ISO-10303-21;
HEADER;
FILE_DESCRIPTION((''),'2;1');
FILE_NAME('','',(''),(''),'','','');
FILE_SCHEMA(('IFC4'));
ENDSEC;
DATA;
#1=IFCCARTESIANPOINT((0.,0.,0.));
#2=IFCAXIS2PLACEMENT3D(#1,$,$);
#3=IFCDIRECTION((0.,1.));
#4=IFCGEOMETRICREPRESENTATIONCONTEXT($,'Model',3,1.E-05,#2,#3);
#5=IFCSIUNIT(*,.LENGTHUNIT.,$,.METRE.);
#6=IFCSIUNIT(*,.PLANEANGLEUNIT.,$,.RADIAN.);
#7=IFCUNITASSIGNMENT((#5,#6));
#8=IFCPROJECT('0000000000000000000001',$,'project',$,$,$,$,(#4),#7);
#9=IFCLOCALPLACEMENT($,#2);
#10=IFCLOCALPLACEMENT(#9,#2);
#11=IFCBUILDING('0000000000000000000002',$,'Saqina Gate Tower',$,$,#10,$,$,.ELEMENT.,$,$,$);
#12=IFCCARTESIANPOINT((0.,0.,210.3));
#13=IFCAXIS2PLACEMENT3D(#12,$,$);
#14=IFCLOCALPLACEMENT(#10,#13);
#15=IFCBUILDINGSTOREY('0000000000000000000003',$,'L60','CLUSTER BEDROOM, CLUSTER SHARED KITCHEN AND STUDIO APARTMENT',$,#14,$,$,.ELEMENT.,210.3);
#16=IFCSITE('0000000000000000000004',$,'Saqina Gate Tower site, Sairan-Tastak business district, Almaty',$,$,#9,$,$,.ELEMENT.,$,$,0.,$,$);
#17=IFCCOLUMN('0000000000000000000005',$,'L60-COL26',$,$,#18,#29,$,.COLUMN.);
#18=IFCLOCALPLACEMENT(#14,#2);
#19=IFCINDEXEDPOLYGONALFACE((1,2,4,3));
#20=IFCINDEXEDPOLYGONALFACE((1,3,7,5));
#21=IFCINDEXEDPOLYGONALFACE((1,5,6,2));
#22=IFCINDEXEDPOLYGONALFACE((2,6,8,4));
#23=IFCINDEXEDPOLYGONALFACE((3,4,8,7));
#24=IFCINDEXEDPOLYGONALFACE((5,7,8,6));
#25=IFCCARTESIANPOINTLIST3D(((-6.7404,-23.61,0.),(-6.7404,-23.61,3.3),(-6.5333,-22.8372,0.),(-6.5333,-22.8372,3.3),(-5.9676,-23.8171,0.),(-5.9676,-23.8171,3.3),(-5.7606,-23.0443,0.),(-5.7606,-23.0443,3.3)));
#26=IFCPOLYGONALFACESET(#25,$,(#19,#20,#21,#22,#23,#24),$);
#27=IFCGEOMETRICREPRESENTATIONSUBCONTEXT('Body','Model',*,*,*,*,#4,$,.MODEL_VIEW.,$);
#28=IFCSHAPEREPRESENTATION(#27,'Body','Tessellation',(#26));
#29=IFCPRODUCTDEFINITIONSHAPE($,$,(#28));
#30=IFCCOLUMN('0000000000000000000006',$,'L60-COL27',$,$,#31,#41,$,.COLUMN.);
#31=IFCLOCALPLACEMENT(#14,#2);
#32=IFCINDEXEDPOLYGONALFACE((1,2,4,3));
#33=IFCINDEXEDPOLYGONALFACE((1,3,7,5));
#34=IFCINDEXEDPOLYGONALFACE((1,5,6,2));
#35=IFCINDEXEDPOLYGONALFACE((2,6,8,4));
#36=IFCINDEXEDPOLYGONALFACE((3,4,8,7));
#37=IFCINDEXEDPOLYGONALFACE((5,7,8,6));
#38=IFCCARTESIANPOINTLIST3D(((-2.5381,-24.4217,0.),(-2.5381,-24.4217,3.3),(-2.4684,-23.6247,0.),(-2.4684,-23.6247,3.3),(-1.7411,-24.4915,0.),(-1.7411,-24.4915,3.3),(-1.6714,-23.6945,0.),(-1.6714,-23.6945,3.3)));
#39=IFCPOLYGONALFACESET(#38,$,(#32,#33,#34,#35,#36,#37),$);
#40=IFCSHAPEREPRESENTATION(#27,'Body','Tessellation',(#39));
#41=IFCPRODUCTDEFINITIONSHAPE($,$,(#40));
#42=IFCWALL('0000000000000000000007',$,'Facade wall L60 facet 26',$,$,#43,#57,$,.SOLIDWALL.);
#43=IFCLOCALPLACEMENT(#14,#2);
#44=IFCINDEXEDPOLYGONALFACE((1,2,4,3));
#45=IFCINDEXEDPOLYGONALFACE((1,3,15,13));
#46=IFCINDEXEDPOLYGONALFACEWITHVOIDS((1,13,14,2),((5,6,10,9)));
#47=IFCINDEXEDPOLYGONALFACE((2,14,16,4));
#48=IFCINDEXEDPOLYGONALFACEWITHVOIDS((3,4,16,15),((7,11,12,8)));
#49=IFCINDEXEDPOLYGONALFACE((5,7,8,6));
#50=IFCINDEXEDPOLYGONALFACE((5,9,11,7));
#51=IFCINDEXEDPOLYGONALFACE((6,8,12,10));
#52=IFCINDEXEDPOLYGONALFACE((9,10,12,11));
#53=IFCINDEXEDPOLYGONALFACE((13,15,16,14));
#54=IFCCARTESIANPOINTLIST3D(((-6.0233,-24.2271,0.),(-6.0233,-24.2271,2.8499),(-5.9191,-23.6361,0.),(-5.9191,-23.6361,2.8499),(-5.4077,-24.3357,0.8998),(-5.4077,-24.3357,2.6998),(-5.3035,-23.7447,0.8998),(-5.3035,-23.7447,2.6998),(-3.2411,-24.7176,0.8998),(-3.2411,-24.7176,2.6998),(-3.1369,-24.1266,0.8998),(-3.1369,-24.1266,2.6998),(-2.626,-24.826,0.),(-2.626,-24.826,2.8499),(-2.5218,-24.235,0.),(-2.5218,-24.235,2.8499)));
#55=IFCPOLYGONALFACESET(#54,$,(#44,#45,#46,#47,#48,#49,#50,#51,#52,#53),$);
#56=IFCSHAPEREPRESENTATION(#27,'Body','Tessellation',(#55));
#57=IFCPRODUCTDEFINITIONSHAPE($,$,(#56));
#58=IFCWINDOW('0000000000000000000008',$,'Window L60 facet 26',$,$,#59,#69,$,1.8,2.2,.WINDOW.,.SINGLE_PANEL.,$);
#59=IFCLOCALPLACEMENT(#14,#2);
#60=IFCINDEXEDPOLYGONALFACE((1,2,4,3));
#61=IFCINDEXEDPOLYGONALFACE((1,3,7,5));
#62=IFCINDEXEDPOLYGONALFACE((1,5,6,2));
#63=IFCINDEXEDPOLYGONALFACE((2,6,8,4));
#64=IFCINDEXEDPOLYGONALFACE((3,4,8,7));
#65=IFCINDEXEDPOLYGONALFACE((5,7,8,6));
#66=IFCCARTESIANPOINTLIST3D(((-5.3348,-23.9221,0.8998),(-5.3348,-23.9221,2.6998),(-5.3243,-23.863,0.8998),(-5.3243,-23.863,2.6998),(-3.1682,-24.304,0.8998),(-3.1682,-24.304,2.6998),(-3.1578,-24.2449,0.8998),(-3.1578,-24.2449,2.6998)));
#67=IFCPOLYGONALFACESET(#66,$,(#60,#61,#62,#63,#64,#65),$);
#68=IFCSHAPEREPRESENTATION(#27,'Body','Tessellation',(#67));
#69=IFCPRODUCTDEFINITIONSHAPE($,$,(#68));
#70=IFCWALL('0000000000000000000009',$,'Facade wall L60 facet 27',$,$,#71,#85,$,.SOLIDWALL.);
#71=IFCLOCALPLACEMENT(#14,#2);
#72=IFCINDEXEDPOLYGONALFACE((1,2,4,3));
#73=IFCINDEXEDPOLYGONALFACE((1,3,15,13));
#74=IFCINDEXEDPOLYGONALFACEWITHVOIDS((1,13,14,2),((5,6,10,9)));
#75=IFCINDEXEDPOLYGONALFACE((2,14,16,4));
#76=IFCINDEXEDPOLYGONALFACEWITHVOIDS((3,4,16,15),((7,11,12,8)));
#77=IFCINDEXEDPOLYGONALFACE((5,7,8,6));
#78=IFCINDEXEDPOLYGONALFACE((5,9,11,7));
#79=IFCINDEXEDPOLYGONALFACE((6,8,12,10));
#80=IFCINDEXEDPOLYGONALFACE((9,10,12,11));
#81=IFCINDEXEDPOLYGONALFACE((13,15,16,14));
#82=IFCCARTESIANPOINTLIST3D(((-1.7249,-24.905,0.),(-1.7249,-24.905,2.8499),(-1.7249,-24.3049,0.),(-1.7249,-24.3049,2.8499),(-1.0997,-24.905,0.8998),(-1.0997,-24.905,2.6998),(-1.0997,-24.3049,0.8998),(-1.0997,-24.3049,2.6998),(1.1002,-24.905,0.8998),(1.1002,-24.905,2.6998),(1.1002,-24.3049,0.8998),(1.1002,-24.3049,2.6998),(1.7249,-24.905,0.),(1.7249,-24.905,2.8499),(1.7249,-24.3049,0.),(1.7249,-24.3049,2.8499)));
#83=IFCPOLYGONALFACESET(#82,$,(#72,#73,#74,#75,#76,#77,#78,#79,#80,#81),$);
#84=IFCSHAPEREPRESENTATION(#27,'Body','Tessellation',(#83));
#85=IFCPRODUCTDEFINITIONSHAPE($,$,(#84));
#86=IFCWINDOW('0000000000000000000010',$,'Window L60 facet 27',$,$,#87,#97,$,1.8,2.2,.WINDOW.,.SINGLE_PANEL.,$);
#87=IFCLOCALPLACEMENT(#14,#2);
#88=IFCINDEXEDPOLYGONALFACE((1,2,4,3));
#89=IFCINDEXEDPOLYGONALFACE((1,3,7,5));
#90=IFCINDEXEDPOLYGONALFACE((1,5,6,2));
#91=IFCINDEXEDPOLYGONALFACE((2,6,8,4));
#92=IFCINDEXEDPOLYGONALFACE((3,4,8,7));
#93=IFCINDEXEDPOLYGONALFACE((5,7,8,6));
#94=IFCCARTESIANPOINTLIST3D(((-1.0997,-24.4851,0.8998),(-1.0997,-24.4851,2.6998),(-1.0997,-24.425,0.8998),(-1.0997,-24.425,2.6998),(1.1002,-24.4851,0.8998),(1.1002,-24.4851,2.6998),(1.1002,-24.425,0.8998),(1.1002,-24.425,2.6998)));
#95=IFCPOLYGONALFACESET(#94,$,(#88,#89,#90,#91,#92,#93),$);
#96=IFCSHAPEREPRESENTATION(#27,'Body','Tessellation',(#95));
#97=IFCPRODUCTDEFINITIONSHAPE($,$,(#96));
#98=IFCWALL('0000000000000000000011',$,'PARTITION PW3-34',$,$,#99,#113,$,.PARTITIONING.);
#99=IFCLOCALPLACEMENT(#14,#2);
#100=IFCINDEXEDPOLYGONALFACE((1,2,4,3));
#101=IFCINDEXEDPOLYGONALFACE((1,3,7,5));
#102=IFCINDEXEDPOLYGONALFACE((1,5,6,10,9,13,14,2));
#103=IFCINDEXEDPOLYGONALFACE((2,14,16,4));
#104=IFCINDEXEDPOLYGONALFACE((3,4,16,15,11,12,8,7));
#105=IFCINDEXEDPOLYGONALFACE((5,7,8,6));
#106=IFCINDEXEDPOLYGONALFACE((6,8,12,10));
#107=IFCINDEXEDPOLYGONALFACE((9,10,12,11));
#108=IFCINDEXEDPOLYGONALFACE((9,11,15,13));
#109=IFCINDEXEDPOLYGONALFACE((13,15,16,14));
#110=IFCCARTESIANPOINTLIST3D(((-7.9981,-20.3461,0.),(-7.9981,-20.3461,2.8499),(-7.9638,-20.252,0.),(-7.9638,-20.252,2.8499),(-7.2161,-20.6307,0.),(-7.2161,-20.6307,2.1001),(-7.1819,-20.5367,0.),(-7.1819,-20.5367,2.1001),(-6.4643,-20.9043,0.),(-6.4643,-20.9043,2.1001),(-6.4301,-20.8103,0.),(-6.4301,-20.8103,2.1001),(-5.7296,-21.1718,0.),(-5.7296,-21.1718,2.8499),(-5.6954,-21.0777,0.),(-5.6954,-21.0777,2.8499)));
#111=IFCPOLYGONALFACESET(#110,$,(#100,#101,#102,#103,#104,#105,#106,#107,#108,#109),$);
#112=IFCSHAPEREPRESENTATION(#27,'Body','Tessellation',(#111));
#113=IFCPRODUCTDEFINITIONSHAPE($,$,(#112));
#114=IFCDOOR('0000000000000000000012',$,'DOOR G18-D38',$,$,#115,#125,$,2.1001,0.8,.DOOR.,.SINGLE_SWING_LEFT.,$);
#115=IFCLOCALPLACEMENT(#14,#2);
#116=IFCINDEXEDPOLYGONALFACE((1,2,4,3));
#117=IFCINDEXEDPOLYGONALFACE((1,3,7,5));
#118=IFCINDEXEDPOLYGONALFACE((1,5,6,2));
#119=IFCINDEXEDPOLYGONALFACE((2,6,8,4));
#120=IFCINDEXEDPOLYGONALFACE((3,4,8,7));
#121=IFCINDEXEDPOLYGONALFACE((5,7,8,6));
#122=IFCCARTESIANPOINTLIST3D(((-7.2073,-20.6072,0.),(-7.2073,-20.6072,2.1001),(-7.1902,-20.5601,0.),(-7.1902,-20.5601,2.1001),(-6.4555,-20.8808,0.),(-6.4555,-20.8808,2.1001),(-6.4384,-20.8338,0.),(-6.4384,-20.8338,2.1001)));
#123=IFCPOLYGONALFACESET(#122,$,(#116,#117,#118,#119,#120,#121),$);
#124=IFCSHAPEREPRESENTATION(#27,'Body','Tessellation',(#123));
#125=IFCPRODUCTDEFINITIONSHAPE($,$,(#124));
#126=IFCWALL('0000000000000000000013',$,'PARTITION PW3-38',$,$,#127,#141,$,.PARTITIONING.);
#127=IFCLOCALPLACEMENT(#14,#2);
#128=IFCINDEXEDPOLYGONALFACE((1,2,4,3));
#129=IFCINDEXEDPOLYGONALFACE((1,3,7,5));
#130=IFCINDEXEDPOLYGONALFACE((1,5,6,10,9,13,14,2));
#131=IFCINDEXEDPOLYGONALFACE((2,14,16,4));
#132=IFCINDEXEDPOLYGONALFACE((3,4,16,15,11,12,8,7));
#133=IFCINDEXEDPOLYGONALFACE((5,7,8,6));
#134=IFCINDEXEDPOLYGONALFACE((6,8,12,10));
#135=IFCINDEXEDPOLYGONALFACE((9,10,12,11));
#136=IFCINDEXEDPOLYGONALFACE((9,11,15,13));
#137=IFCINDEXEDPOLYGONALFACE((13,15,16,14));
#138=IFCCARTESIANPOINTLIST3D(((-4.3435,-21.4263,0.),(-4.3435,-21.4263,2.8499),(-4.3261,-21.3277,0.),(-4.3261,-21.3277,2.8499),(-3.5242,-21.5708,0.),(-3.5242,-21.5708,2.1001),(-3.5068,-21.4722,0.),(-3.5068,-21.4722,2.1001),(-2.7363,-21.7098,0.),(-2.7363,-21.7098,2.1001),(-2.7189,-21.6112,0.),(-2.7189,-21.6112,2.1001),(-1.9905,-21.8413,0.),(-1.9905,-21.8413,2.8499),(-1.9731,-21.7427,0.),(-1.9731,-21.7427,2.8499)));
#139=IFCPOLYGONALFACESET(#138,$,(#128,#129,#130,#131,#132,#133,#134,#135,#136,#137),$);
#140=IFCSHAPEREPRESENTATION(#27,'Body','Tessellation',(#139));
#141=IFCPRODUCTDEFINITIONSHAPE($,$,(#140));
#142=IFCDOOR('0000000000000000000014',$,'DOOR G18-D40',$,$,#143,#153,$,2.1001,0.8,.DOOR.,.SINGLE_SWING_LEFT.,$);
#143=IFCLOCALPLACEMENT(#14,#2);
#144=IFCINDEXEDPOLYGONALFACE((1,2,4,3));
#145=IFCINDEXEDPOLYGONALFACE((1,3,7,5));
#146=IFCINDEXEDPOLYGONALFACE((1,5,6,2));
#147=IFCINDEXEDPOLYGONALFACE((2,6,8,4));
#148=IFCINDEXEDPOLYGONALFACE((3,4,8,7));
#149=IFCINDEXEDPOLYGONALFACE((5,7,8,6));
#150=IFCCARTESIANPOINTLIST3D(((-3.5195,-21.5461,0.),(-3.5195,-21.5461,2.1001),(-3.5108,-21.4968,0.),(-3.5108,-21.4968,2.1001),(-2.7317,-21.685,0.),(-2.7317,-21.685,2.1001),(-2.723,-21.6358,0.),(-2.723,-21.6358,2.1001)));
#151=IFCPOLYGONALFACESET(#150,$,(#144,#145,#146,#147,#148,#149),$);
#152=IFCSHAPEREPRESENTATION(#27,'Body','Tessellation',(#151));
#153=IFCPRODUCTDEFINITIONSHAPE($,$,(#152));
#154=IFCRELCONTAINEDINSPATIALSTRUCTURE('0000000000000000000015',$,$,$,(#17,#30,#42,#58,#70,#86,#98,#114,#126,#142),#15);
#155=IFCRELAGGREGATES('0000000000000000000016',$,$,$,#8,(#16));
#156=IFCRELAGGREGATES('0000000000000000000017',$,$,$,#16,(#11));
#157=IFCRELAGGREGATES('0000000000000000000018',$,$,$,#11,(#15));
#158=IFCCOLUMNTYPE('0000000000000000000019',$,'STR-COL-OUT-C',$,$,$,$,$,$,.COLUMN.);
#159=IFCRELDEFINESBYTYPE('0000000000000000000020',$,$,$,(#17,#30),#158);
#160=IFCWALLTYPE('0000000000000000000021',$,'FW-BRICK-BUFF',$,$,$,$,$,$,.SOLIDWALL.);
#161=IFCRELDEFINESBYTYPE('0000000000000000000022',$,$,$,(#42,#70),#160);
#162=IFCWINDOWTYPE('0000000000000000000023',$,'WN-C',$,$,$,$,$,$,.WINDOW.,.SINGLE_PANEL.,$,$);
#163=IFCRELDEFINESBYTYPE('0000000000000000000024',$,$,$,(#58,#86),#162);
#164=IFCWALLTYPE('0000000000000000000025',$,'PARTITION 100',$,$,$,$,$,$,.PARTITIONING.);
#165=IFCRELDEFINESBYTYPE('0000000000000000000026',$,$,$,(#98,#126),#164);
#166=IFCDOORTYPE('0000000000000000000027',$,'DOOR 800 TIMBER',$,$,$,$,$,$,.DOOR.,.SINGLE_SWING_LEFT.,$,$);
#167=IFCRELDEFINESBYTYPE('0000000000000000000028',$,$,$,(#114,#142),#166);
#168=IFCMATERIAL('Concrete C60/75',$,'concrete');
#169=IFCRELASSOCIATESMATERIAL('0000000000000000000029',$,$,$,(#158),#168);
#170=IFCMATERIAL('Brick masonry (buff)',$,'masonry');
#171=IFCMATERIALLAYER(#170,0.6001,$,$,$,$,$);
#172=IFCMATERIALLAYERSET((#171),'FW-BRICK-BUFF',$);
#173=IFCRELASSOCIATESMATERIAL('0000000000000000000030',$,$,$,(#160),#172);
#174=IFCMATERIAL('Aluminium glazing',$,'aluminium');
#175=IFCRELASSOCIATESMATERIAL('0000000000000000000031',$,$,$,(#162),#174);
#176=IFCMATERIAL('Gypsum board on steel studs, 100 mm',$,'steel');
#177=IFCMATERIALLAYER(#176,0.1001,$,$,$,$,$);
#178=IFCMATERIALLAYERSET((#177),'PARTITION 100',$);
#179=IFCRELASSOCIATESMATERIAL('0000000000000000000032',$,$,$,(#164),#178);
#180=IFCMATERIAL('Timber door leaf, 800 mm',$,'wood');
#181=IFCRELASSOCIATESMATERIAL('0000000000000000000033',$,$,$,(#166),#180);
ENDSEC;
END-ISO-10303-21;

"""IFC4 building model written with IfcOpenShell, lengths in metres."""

from ifc_helpers import new_model, si_unit, direction, frame, frame_2d, origin, origin_2d, place, context, subcontext, project, spatial, rectangle, extrude, material, layer, layer_set, material_profile, profile_set, type_object, element, fill, save


model = new_model("IFC4")

# Units and contexts
model_context = context("Model", 3, precision=1e-05, world=origin(), true_north=direction((0.0, 1.0)))
body_context = subcontext(model_context, "Body", "Model", "MODEL_VIEW")
ifc_project = project(units=[si_unit("LENGTHUNIT", "METRE"), si_unit("PLANEANGLEUNIT", "RADIAN")], contexts=[model_context])

# Site, building, storey
site_placement = place(None, origin())
site = spatial("IfcSite", under=ifc_project, at=site_placement, Name="Saqina Gate Tower site, Sairan-Tastak business district, Almaty", CompositionType="ELEMENT", RefElevation=0.0)
building_placement = place(site_placement, origin())
building = spatial("IfcBuilding", under=site, at=building_placement, Name="Saqina Gate Tower", CompositionType="ELEMENT")
storey_placement = place(building_placement, frame((0.0, 0.0, 210.3)))
storey = spatial("IfcBuildingStorey", under=building, at=storey_placement, Name="L60", Description="CLUSTER BEDROOM, CLUSTER SHARED KITCHEN AND STUDIO APARTMENT", CompositionType="ELEMENT", Elevation=210.3)

# Columns
ifc_material_1 = material(Name="Concrete C60/75", Category="concrete")
ifc_material_profile = material_profile(ifc_material_1, rectangle(XDim=0.8, YDim=0.8, at=origin_2d()), Name="RC 800x800")
ifc_profile_set = profile_set([ifc_material_profile], Name="Concrete C60/75")
column_type = type_object("IfcColumnType", Name="STR-COL-OUT-C", PredefinedType="COLUMN", material=ifc_profile_set)
for number, where, z_axis, x_axis, name in (
    (1, (-6.2505, -23.3271, 0.0), (0.0, 0.0, 1.0), (-0.258819, -0.965926, 0.0), "L60-COL26"),
    (2, (-2.1047, -24.0581, 0.0), (0.0, 0.0, 1.0), (-0.087156, -0.996195, 0.0), "L60-COL27"),
):
    element("IfcColumn", number, at=place(storey_placement, frame(where, z_axis=z_axis, x_axis=x_axis)), inside=storey, type_object=column_type, Name=name, PredefinedType="COLUMN", context=body_context, shape_type="SweptSolid", body=[
        extrude(rectangle(XDim=0.8, YDim=0.8, at=origin_2d()), origin(), (0.0, 0.0, 1.0), 3.3),
    ])

# Walls, openings, windows
ifc_material_2 = material(Name="Brick masonry (buff)", Category="masonry")
ifc_layer_1 = layer(ifc_material_2, 0.6001)
ifc_layer_set_1 = layer_set([ifc_layer_1], Name="FW-BRICK-BUFF")
wall_type_1 = type_object("IfcWallType", Name="FW-BRICK-BUFF", PredefinedType="SOLIDWALL", material=ifc_layer_set_1)
wall_1_placement = place(storey_placement, frame((-5.9712, -23.9316, 0.0), z_axis=(0.0, 0.0, 1.0), x_axis=(0.984815, -0.173608, 0.0)))
wall_1 = element("IfcWall", 3, at=wall_1_placement, inside=storey, type_object=wall_type_1, Name="Facade wall L60 facet 26", PredefinedType="SOLIDWALL", context=body_context, shape_type="SweptSolid", body=[
    extrude(rectangle(XDim=3.4497, YDim=0.6001, at=frame_2d((1.7249, 0.0))), origin(), (0.0, 0.0, 1.0), 2.8499),
])
opening_1_placement = place(wall_1_placement, frame((0.625, 0.0, 0.8999)))
opening_1 = element("IfcOpeningElement", 4, at=opening_1_placement, cuts=wall_1, PredefinedType="OPENING", context=body_context, shape_type="SweptSolid", body=[
    extrude(rectangle(XDim=2.2, YDim=1.8, at=frame_2d((1.1001, 0.8999))), frame((0.0, 0.312, 0.0), z_axis=(0.0, -1.0, 0.0), x_axis=(1.0, 0.0, 0.0)), (0.0, 0.0, 1.0), 0.624),
])
ifc_material_3 = material(Name="Aluminium glazing", Category="aluminium")
window_type = type_object("IfcWindowType", Name="WN-C", PartitioningType="SINGLE_PANEL", PredefinedType="WINDOW", material=ifc_material_3)
window_1_placement = place(opening_1_placement, origin())
window_1 = element("IfcWindow", 5, at=window_1_placement, inside=storey, type_object=window_type, Name="Window L60 facet 26", OverallHeight=1.8, OverallWidth=2.2, PartitioningType="SINGLE_PANEL", PredefinedType="WINDOW", context=body_context, shape_type="SweptSolid", body=[
    extrude(rectangle(XDim=2.2, YDim=1.8, at=frame_2d((1.1001, 0.8999))), frame((0.0, 0.1799, 0.0), z_axis=(0.0, -1.0, 0.0), x_axis=(1.0, 0.0, 0.0)), (0.0, 0.0, 1.0), 0.0601),
])
fill(opening_1, window_1)
wall_2_placement = place(storey_placement, frame((-1.7249, -24.605, 0.0), z_axis=(0.0, 0.0, 1.0), x_axis=(1.0, 0.0, 0.0)))
wall_2 = element("IfcWall", 6, at=wall_2_placement, inside=storey, type_object=wall_type_1, Name="Facade wall L60 facet 27", PredefinedType="SOLIDWALL", context=body_context, shape_type="SweptSolid", body=[
    extrude(rectangle(XDim=3.4497, YDim=0.6001, at=frame_2d((1.7249, 0.0))), origin(), (0.0, 0.0, 1.0), 2.8499),
])
opening_2_placement = place(wall_2_placement, frame((0.625, 0.0, 0.8999)))
opening_2 = element("IfcOpeningElement", 7, at=opening_2_placement, cuts=wall_2, PredefinedType="OPENING", context=body_context, shape_type="SweptSolid", body=[
    extrude(rectangle(XDim=2.2, YDim=1.8, at=frame_2d((1.1001, 0.8999))), frame((0.0, 0.312, 0.0), z_axis=(0.0, -1.0, 0.0), x_axis=(1.0, 0.0, 0.0)), (0.0, 0.0, 1.0), 0.624),
])
window_2_placement = place(opening_2_placement, origin())
window_2 = element("IfcWindow", 8, at=window_2_placement, inside=storey, type_object=window_type, Name="Window L60 facet 27", OverallHeight=1.8, OverallWidth=2.2, PartitioningType="SINGLE_PANEL", PredefinedType="WINDOW", context=body_context, shape_type="SweptSolid", body=[
    extrude(rectangle(XDim=2.2, YDim=1.8, at=frame_2d((1.1001, 0.8999))), frame((0.0, 0.1799, 0.0), z_axis=(0.0, -1.0, 0.0), x_axis=(1.0, 0.0, 0.0)), (0.0, 0.0, 1.0), 0.0601),
])
fill(opening_2, window_2)

# Walls, openings, doors
ifc_material_4 = material(Name="Gypsum board on steel studs, 100 mm", Category="steel")
ifc_layer_2 = layer(ifc_material_4, 0.1001)
ifc_layer_set_2 = layer_set([ifc_layer_2], Name="PARTITION 100")
wall_type_2 = type_object("IfcWallType", Name="PARTITION 100", PredefinedType="PARTITIONING", material=ifc_layer_set_2)
wall_3_placement = place(storey_placement, frame((-7.981, -20.2991, 0.0), z_axis=(0.0, 0.0, 1.0), x_axis=(0.939693, -0.342019, 0.0)))
wall_3 = element("IfcWall", 9, at=wall_3_placement, inside=storey, type_object=wall_type_2, Name="PARTITION PW3-34", PredefinedType="PARTITIONING", context=body_context, shape_type="SweptSolid", body=[
    extrude(rectangle(XDim=2.4141, YDim=0.1001, at=frame_2d((1.207, 0.0))), origin(), (0.0, 0.0, 1.0), 2.8499),
])
opening_3_placement = place(wall_3_placement, frame((0.8323, 0.0, 0.0)))
opening_3 = element("IfcOpeningElement", 10, at=opening_3_placement, cuts=wall_3, PredefinedType="OPENING", context=body_context, shape_type="SweptSolid", body=[
    extrude(rectangle(XDim=0.8, YDim=2.1001, at=frame_2d((0.3999, 1.05))), frame((0.0, 0.062, 0.0), z_axis=(0.0, -1.0, 0.0), x_axis=(1.0, 0.0, 0.0)), (0.0, 0.0, 1.0), 0.124),
])
ifc_material_5 = material(Name="Timber door leaf, 800 mm", Category="wood")
door_type = type_object("IfcDoorType", Name="DOOR 800 TIMBER", OperationType="SINGLE_SWING_LEFT", PredefinedType="DOOR", material=ifc_material_5)
door_1_placement = place(opening_3_placement, frame((0.8, 0.0, 0.0), z_axis=(0.0, 0.0, 1.0), x_axis=(-1.0, 0.0, 0.0)))
door_1 = element("IfcDoor", 11, at=door_1_placement, inside=storey, type_object=door_type, Name="DOOR G18-D38", OperationType="SINGLE_SWING_LEFT", OverallHeight=2.1001, OverallWidth=0.8, PredefinedType="DOOR", context=body_context, shape_type="SweptSolid", body=[
    extrude(rectangle(XDim=0.8, YDim=2.1001, at=frame_2d((0.3999, 1.05))), frame((0.0, 0.0249, 0.0), z_axis=(0.0, -1.0, 0.0), x_axis=(1.0, 0.0, 0.0)), (0.0, 0.0, 1.0), 0.05),
])
fill(opening_3, door_1)
wall_4_placement = place(storey_placement, frame((-4.335, -21.377, 0.0), z_axis=(0.0, 0.0, 1.0), x_axis=(0.984798, -0.173704, 0.0)))
wall_4 = element("IfcWall", 12, at=wall_4_placement, inside=storey, type_object=wall_type_2, Name="PARTITION PW3-38", PredefinedType="PARTITIONING", context=body_context, shape_type="SweptSolid", body=[
    extrude(rectangle(XDim=2.3894, YDim=0.1001, at=frame_2d((1.1948, 0.0))), origin(), (0.0, 0.0, 1.0), 2.8499),
])
opening_4_placement = place(wall_4_placement, frame((0.8323, 0.0, 0.0)))
opening_4 = element("IfcOpeningElement", 13, at=opening_4_placement, cuts=wall_4, PredefinedType="OPENING", context=body_context, shape_type="SweptSolid", body=[
    extrude(rectangle(XDim=0.8, YDim=2.1001, at=frame_2d((0.3999, 1.05))), frame((0.0, 0.062, 0.0), z_axis=(0.0, -1.0, 0.0), x_axis=(1.0, 0.0, 0.0)), (0.0, 0.0, 1.0), 0.124),
])
door_2_placement = place(opening_4_placement, frame((0.8, 0.0, 0.0), z_axis=(0.0, 0.0, 1.0), x_axis=(-1.0, 0.0, 0.0)))
door_2 = element("IfcDoor", 14, at=door_2_placement, inside=storey, type_object=door_type, Name="DOOR G18-D40", OperationType="SINGLE_SWING_LEFT", OverallHeight=2.1001, OverallWidth=0.8, PredefinedType="DOOR", context=body_context, shape_type="SweptSolid", body=[
    extrude(rectangle(XDim=0.8, YDim=2.1001, at=frame_2d((0.3999, 1.05))), frame((0.0, 0.0249, 0.0), z_axis=(0.0, -1.0, 0.0), x_axis=(1.0, 0.0, 0.0)), (0.0, 0.0, 1.0), 0.05),
])
fill(opening_4, door_2)

save(model, "model.ifc")
